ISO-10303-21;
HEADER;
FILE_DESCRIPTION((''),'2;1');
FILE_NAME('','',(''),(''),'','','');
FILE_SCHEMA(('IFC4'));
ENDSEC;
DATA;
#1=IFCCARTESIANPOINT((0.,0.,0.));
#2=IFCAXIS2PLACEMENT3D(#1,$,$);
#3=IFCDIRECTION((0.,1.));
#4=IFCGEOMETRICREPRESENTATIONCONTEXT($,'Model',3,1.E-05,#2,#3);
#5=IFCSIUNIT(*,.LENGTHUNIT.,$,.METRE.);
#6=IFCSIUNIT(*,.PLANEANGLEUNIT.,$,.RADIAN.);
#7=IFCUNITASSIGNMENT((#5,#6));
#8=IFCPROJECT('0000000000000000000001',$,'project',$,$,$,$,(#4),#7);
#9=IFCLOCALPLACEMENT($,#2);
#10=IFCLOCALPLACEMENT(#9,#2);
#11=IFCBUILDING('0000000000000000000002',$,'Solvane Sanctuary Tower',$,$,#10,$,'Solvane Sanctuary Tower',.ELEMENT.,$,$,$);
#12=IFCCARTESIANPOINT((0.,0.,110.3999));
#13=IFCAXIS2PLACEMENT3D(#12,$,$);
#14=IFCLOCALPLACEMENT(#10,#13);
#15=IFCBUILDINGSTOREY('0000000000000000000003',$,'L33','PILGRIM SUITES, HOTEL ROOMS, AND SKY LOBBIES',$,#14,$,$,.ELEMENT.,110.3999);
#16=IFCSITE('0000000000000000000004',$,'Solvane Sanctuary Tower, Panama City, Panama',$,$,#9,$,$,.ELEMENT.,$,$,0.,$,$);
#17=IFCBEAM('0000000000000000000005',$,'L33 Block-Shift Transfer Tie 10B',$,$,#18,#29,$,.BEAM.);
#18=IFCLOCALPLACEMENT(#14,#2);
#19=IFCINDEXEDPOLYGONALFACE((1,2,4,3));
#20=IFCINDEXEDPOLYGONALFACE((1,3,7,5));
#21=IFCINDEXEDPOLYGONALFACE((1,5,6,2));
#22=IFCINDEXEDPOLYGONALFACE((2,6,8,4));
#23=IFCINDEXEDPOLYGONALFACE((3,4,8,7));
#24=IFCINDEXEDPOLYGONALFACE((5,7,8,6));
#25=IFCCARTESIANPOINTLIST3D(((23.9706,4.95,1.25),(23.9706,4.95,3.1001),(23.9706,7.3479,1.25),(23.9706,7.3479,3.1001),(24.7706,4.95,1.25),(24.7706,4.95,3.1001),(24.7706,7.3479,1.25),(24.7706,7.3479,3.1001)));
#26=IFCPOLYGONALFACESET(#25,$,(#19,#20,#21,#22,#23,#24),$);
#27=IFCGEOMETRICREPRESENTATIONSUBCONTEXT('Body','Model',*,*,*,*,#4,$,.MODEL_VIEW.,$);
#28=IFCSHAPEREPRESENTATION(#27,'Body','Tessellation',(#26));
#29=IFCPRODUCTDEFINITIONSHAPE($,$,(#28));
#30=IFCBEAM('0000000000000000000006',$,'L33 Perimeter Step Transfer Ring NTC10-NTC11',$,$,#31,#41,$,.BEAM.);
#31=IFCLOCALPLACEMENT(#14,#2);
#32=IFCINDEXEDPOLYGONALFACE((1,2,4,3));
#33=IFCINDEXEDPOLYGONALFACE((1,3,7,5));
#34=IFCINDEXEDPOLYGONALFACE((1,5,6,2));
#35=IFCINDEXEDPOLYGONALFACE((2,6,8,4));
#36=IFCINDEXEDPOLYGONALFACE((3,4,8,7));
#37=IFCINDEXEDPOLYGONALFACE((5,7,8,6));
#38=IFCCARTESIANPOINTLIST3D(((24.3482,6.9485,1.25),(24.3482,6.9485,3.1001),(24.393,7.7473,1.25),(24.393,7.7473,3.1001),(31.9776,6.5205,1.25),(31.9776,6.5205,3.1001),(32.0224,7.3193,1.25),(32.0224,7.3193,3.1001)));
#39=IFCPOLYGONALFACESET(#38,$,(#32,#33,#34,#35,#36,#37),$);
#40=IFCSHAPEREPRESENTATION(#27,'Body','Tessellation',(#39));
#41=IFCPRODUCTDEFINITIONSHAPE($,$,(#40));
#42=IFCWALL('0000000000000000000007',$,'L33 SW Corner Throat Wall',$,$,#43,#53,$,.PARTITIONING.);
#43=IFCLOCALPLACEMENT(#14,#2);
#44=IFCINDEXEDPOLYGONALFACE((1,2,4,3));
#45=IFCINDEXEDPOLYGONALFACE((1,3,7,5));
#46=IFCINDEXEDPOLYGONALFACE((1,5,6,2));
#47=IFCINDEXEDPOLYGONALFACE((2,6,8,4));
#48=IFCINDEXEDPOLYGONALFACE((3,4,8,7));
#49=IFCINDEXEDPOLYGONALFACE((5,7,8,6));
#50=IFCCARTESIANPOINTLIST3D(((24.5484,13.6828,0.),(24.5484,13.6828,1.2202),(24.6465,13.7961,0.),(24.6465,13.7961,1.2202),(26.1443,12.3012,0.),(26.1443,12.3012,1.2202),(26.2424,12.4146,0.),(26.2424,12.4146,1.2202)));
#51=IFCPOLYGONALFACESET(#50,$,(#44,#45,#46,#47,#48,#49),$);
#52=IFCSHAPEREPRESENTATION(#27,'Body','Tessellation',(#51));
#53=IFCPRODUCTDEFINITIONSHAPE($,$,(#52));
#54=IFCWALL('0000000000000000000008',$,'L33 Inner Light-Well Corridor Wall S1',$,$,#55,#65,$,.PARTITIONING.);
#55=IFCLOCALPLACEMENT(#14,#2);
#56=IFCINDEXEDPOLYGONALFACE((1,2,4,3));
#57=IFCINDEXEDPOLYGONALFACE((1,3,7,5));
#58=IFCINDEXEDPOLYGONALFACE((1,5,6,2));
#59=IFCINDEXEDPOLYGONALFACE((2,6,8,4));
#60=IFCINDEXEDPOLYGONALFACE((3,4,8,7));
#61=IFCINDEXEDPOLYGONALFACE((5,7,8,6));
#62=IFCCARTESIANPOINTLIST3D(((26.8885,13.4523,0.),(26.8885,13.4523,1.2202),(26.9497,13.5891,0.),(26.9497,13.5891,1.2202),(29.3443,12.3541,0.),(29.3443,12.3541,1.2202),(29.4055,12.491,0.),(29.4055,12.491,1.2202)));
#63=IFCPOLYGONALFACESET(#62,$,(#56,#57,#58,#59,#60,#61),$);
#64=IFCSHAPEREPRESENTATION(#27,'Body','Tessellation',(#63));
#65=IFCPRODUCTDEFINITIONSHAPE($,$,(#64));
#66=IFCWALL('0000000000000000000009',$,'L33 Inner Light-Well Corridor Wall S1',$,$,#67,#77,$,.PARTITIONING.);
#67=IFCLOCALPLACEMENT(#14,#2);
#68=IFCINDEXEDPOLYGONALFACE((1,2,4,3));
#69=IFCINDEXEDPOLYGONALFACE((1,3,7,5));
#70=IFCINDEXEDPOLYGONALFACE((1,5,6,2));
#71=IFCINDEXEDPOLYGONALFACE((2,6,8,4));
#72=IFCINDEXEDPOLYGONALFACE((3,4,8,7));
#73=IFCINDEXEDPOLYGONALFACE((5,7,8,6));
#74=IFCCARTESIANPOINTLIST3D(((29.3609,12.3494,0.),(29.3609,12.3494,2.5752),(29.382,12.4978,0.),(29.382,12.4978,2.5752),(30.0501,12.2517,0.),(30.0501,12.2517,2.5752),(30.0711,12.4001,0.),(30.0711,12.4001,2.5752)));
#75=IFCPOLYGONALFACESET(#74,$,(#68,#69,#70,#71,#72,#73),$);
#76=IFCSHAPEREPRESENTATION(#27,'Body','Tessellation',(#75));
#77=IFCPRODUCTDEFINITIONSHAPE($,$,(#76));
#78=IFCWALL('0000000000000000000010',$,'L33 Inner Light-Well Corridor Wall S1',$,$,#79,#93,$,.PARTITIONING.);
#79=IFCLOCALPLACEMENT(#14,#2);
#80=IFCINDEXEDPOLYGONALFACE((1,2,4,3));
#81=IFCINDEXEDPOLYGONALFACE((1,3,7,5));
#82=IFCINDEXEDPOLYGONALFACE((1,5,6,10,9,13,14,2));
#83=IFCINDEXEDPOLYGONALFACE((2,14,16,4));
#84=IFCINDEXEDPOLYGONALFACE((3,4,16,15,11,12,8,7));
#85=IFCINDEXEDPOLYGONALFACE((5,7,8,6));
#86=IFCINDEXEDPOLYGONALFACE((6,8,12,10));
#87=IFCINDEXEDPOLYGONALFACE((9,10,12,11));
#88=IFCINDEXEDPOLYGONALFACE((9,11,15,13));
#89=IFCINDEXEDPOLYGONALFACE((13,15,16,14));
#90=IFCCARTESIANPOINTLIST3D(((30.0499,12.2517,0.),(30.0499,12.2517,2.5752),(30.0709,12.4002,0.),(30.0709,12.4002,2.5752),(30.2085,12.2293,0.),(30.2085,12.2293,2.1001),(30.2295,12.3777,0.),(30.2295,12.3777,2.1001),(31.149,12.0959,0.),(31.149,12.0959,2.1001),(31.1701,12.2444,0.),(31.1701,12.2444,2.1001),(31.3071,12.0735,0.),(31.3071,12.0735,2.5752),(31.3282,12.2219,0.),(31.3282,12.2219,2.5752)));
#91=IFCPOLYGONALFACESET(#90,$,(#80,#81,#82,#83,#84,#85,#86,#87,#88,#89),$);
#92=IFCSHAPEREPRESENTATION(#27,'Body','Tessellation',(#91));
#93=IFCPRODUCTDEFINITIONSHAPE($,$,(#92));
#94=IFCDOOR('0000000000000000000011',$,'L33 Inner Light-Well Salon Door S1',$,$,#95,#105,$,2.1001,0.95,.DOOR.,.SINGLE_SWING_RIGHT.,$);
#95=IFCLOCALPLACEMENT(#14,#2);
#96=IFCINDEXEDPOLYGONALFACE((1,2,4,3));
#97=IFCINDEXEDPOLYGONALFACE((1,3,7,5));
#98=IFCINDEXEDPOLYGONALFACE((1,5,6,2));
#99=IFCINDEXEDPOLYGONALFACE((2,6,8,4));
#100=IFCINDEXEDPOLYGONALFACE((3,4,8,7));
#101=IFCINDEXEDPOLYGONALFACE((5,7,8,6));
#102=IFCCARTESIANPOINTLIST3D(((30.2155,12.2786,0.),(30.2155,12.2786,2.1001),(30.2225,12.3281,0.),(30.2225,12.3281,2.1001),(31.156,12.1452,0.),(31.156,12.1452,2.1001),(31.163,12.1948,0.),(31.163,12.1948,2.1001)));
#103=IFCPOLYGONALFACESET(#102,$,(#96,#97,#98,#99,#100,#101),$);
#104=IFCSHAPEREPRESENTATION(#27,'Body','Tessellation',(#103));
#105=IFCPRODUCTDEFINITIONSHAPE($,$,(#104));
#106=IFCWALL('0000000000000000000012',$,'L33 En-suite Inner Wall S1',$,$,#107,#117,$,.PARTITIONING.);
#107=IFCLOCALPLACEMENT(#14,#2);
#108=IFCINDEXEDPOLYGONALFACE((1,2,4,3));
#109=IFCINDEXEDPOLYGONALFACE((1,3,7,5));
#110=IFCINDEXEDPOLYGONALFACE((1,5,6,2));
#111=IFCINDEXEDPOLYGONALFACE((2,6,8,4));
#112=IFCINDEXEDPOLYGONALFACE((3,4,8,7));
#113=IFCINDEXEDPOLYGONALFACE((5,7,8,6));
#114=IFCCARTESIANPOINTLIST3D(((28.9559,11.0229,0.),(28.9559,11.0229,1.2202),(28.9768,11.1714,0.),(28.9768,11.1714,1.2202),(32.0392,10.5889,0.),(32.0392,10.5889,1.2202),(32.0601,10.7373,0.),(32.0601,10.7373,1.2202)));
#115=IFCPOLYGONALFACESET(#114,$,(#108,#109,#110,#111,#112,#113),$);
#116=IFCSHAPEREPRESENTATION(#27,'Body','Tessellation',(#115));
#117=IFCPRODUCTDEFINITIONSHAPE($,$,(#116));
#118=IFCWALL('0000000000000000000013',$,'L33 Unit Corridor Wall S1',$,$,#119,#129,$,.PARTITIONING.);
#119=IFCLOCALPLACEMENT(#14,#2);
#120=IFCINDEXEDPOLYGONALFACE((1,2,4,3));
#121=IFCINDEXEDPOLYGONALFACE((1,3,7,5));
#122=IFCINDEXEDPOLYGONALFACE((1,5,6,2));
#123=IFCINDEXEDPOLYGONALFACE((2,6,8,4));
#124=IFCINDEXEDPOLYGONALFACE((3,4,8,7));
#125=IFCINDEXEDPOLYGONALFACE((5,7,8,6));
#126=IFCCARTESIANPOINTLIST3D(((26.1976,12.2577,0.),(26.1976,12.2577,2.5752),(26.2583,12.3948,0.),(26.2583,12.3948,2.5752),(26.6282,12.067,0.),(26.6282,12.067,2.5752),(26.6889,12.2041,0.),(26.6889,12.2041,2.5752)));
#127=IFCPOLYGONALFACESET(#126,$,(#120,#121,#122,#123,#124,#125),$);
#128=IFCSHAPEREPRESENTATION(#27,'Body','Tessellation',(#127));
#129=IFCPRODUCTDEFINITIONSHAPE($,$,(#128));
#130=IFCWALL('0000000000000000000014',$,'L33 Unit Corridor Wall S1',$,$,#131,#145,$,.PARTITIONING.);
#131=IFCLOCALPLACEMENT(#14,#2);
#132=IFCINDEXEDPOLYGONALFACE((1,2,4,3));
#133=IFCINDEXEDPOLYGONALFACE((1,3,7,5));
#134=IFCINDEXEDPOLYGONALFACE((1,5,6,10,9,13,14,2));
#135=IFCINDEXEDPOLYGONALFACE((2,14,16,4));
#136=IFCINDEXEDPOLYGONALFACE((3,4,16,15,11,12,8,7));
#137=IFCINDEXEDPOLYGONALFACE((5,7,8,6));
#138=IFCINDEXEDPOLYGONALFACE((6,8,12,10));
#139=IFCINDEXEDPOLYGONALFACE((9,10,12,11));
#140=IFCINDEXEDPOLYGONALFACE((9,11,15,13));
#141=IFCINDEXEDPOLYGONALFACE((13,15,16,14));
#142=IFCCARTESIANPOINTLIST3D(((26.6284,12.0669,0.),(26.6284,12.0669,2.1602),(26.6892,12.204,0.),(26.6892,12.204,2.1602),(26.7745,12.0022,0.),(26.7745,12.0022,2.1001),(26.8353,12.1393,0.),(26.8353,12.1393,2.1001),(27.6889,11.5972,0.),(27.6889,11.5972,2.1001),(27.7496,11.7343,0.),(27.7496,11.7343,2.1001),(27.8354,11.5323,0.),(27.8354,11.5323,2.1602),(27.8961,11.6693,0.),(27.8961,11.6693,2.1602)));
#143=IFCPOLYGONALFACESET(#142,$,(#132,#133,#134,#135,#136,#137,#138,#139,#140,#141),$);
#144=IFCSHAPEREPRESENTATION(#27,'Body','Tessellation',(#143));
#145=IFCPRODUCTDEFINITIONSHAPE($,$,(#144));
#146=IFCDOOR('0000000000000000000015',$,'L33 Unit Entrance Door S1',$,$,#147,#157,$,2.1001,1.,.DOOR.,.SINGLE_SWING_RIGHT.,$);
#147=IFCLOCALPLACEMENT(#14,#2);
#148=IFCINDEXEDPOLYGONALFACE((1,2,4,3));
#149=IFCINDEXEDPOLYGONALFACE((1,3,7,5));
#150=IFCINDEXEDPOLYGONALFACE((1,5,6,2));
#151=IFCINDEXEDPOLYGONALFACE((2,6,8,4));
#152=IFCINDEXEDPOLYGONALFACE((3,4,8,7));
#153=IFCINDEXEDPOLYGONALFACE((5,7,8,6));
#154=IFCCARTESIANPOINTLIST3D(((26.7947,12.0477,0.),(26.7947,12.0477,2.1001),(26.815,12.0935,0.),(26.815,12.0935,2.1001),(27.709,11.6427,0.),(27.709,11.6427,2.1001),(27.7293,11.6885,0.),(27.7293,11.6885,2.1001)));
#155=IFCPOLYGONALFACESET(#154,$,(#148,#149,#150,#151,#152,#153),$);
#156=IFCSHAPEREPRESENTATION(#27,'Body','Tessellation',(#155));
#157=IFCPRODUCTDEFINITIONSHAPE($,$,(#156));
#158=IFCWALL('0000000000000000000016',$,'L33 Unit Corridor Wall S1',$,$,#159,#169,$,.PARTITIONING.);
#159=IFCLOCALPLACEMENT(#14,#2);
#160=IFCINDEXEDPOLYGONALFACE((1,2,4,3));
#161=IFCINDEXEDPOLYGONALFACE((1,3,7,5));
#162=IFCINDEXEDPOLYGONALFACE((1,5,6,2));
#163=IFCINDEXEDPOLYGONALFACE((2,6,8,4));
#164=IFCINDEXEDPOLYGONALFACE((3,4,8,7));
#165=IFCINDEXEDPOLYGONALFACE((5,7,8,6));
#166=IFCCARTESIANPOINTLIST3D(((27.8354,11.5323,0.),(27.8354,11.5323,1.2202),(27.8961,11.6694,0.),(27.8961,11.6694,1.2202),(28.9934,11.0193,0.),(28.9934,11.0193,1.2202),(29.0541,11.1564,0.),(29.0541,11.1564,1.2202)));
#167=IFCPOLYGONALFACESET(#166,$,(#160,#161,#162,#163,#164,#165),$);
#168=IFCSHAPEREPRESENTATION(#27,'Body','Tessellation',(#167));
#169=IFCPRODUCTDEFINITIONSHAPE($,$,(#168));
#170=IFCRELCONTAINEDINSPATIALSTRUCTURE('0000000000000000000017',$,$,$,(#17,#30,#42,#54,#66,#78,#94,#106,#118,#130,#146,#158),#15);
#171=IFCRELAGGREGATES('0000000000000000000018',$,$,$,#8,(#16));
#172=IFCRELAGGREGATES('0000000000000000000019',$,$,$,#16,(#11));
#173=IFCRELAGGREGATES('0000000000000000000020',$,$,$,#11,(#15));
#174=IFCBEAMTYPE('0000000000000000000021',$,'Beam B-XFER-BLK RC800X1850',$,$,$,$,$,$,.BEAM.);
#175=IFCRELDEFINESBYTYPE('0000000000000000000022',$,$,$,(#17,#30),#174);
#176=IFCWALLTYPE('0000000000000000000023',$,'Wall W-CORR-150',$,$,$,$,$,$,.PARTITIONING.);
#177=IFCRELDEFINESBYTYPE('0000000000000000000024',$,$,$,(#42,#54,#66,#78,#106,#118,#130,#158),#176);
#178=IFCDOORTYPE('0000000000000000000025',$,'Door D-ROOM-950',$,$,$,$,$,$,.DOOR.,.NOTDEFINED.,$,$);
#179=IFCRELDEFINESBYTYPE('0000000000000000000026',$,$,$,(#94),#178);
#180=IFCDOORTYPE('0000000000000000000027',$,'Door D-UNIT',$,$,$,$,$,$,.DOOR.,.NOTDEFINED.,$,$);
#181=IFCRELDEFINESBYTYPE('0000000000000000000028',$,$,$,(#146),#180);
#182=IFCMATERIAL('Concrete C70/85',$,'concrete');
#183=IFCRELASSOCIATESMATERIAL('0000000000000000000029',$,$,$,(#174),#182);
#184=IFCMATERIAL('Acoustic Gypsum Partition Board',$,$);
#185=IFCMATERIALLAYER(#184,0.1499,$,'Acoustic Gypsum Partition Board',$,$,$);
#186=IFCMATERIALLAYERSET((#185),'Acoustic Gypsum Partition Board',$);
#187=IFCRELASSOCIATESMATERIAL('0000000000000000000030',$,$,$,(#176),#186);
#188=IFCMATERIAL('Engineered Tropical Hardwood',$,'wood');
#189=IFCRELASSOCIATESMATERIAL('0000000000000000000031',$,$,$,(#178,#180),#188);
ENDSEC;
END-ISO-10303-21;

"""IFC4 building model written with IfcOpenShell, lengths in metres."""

from ifc_helpers import new_model, si_unit, direction, frame, frame_2d, origin, origin_2d, place, context, subcontext, project, spatial, rectangle, extrude, material, layer, layer_set, material_profile, profile_set, type_object, element, fill, save


model = new_model("IFC4")

# Units and contexts
model_context = context("Model", 3, precision=1e-05, world=origin(), true_north=direction((0.0, 1.0)))
body_context = subcontext(model_context, "Body", "Model", "MODEL_VIEW")
ifc_project = project(units=[si_unit("LENGTHUNIT", "METRE"), si_unit("PLANEANGLEUNIT", "RADIAN")], contexts=[model_context])

# Site, building, storey
site_placement = place(None, origin())
site = spatial("IfcSite", under=ifc_project, at=site_placement, Name="Solvane Sanctuary Tower, Panama City, Panama", CompositionType="ELEMENT", RefElevation=0.0)
building_placement = place(site_placement, origin())
building = spatial("IfcBuilding", under=site, at=building_placement, Name="Solvane Sanctuary Tower", LongName="Solvane Sanctuary Tower", CompositionType="ELEMENT")
storey_placement = place(building_placement, frame((0.0, 0.0, 110.3999)))
storey = spatial("IfcBuildingStorey", under=building, at=storey_placement, Name="L33", Description="PILGRIM SUITES, HOTEL ROOMS, AND SKY LOBBIES", CompositionType="ELEMENT", Elevation=110.3999)

# Beams
ifc_material_1 = material(Name="Concrete C70/85", Category="concrete")
ifc_material_profile_1 = material_profile(ifc_material_1, rectangle(XDim=0.8, YDim=1.8501, at=origin_2d()), Name="RC800X1850")
ifc_profile_set_1 = profile_set([ifc_material_profile_1], Name="Concrete C70/85")
beam_type_1 = type_object("IfcBeamType", Name="Beam B-XFER-BLK RC800X1850", PredefinedType="BEAM", material=ifc_profile_set_1)
beam_1_placement = place(storey_placement, frame((24.3706, 4.95, 2.175), z_axis=(0.0, 1.0, 0.0), x_axis=(-1.0, 0.0, 0.0)))
element("IfcBeam", 1, at=beam_1_placement, inside=storey, type_object=beam_type_1, Name="L33 Block-Shift Transfer Tie 10B", PredefinedType="BEAM", context=body_context, shape_type="SweptSolid", body=[
    extrude(rectangle(XDim=0.8, YDim=1.8501, at=origin_2d()), origin(), (0.0, 0.0, 1.0), 2.3979),
])
beam_2_placement = place(storey_placement, frame((24.3706, 7.3479, 2.175), z_axis=(0.99843, -0.056008, 0.0), x_axis=(0.056008, 0.99843, 0.0)))
element("IfcBeam", 2, at=beam_2_placement, inside=storey, type_object=beam_type_1, Name="L33 Perimeter Step Transfer Ring NTC10-NTC11", PredefinedType="BEAM", context=body_context, shape_type="SweptSolid", body=[
    extrude(rectangle(XDim=0.8, YDim=1.8501, at=origin_2d()), origin(), (0.0, 0.0, 1.0), 7.6414),
])

# Walls
ifc_material_2 = material(Name="Acoustic Gypsum Partition Board")
ifc_layer_1 = layer(ifc_material_2, 0.1499, Name="Acoustic Gypsum Partition Board")
ifc_layer_set_1 = layer_set([ifc_layer_1], Name="Acoustic Gypsum Partition Board")
wall_type_1 = type_object("IfcWallType", Name="Wall W-CORR-150", PredefinedType="PARTITIONING", material=ifc_layer_set_1)
wall_1_placement = place(storey_placement, frame((26.1934, 12.3579, 0.0), z_axis=(0.0, 0.0, 1.0), x_axis=(-0.756055, 0.654508, 0.0)))
element("IfcWall", 3, at=wall_1_placement, inside=storey, type_object=wall_type_1, Name="L33 SW Corner Throat Wall", PredefinedType="PARTITIONING", context=body_context, shape_type="SweptSolid", body=[
    extrude(rectangle(XDim=2.1108, YDim=0.1499, at=frame_2d((1.0554, 0.0))), origin(), (0.0, 0.0, 1.0), 1.2202),
])
wall_2_placement = place(storey_placement, frame((26.9189, 13.5208, 0.0), z_axis=(0.0, 0.0, 1.0), x_axis=(0.912889, -0.408209, 0.0)))
element("IfcWall", 4, at=wall_2_placement, inside=storey, type_object=wall_type_1, Name="L33 Inner Light-Well Corridor Wall S1", PredefinedType="PARTITIONING", context=body_context, shape_type="SweptSolid", body=[
    extrude(rectangle(XDim=2.6902, YDim=0.1499, at=frame_2d((1.3452, 0.0))), origin(), (0.0, 0.0, 1.0), 1.2202),
])
wall_3_placement = place(storey_placement, frame((29.3713, 12.4236, 0.0), z_axis=(0.0, 0.0, 1.0), x_axis=(0.99011, -0.140292, 0.0)))
element("IfcWall", 5, at=wall_3_placement, inside=storey, type_object=wall_type_1, Name="L33 Inner Light-Well Corridor Wall S1", PredefinedType="PARTITIONING", context=body_context, shape_type="SweptSolid", body=[
    extrude(rectangle(XDim=0.696, YDim=0.1499, at=frame_2d((0.3481, 0.0))), origin(), (0.0, 0.0, 1.0), 2.5752),
])

# Wall, opening, door
wall_4_placement = place(storey_placement, frame((30.0605, 12.3259, 0.0), z_axis=(0.0, 0.0, 1.0), x_axis=(0.990103, -0.140345, 0.0)))
wall_4 = element("IfcWall", 6, at=wall_4_placement, inside=storey, type_object=wall_type_1, Name="L33 Inner Light-Well Corridor Wall S1", PredefinedType="PARTITIONING", context=body_context, shape_type="SweptSolid", body=[
    extrude(rectangle(XDim=1.2698, YDim=0.1499, at=frame_2d((0.6348, 0.0))), origin(), (0.0, 0.0, 1.0), 2.5752),
])
opening_1_placement = place(wall_4_placement, frame((0.1599, 0.0, 0.0)))
opening_1 = element("IfcOpeningElement", 7, at=opening_1_placement, cuts=wall_4, PredefinedType="OPENING", context=body_context, shape_type="SweptSolid", body=[
    extrude(rectangle(XDim=0.95, YDim=2.1001, at=frame_2d((0.4751, 1.05))), frame((0.0, 0.085, 0.0), z_axis=(0.0, -1.0, 0.0), x_axis=(1.0, 0.0, 0.0)), (0.0, 0.0, 1.0), 0.1699),
])
ifc_material_3 = material(Name="Engineered Tropical Hardwood", Category="wood")
door_type_1 = type_object("IfcDoorType", Name="Door D-ROOM-950", OperationType="NOTDEFINED", PredefinedType="DOOR", material=ifc_material_3)
door_1_placement = place(opening_1_placement, origin())
door_1 = element("IfcDoor", 8, at=door_1_placement, inside=storey, type_object=door_type_1, Name="L33 Inner Light-Well Salon Door S1", OperationType="SINGLE_SWING_RIGHT", OverallHeight=2.1001, OverallWidth=0.95, PredefinedType="DOOR", context=body_context, shape_type="SweptSolid", body=[
    extrude(rectangle(XDim=0.95, YDim=2.1001, at=frame_2d((0.4751, 1.05))), frame((0.0, 0.0249, 0.0), z_axis=(0.0, -1.0, 0.0), x_axis=(1.0, 0.0, 0.0)), (0.0, 0.0, 1.0), 0.05),
])
fill(opening_1, door_1)

# Walls
wall_5_placement = place(storey_placement, frame((28.9663, 11.0972, 0.0), z_axis=(0.0, 0.0, 1.0), x_axis=(0.990234, -0.139412, 0.0)))
element("IfcWall", 9, at=wall_5_placement, inside=storey, type_object=wall_type_1, Name="L33 En-suite Inner Wall S1", PredefinedType="PARTITIONING", context=body_context, shape_type="SweptSolid", body=[
    extrude(rectangle(XDim=3.1138, YDim=0.1499, at=frame_2d((1.5569, 0.0))), origin(), (0.0, 0.0, 1.0), 1.2202),
])
wall_6_placement = place(storey_placement, frame((26.228, 12.3262, 0.0), z_axis=(0.0, 0.0, 1.0), x_axis=(0.914388, -0.404839, 0.0)))
element("IfcWall", 10, at=wall_6_placement, inside=storey, type_object=wall_type_1, Name="L33 Unit Corridor Wall S1", PredefinedType="PARTITIONING", context=body_context, shape_type="SweptSolid", body=[
    extrude(rectangle(XDim=0.4709, YDim=0.1499, at=frame_2d((0.2354, 0.0))), origin(), (0.0, 0.0, 1.0), 2.5752),
])

# Wall, opening, door
wall_7_placement = place(storey_placement, frame((26.6587, 12.1355, 0.0), z_axis=(0.0, 0.0, 1.0), x_axis=(0.914314, -0.405006, 0.0)))
wall_7 = element("IfcWall", 11, at=wall_7_placement, inside=storey, type_object=wall_type_1, Name="L33 Unit Corridor Wall S1", PredefinedType="PARTITIONING", context=body_context, shape_type="SweptSolid", body=[
    extrude(rectangle(XDim=1.3201, YDim=0.1499, at=frame_2d((0.6602, 0.0))), origin(), (0.0, 0.0, 1.0), 2.1602),
])
opening_2_placement = place(wall_7_placement, frame((0.1599, 0.0, 0.0)))
opening_2 = element("IfcOpeningElement", 12, at=opening_2_placement, cuts=wall_7, PredefinedType="OPENING", context=body_context, shape_type="SweptSolid", body=[
    extrude(rectangle(XDim=1.0, YDim=2.1001, at=frame_2d((0.5, 1.05))), frame((0.0, 0.085, 0.0), z_axis=(0.0, -1.0, 0.0), x_axis=(1.0, 0.0, 0.0)), (0.0, 0.0, 1.0), 0.1699),
])
door_type_2 = type_object("IfcDoorType", Name="Door D-UNIT", OperationType="NOTDEFINED", PredefinedType="DOOR", material=ifc_material_3)
door_2_placement = place(opening_2_placement, origin())
door_2 = element("IfcDoor", 13, at=door_2_placement, inside=storey, type_object=door_type_2, Name="L33 Unit Entrance Door S1", OperationType="SINGLE_SWING_RIGHT", OverallHeight=2.1001, OverallWidth=1.0, PredefinedType="DOOR", context=body_context, shape_type="SweptSolid", body=[
    extrude(rectangle(XDim=1.0, YDim=2.1001, at=frame_2d((0.5, 1.05))), frame((0.0, 0.0249, 0.0), z_axis=(0.0, -1.0, 0.0), x_axis=(1.0, 0.0, 0.0)), (0.0, 0.0, 1.0), 0.05),
])
fill(opening_2, door_2)

# Wall
wall_8_placement = place(storey_placement, frame((27.8657, 11.6008, 0.0), z_axis=(0.0, 0.0, 1.0), x_axis=(0.914312, -0.405011, 0.0)))
element("IfcWall", 14, at=wall_8_placement, inside=storey, type_object=wall_type_1, Name="L33 Unit Corridor Wall S1", PredefinedType="PARTITIONING", context=body_context, shape_type="SweptSolid", body=[
    extrude(rectangle(XDim=1.2666, YDim=0.1499, at=frame_2d((0.6333, 0.0))), origin(), (0.0, 0.0, 1.0), 1.2202),
])

save(model, "model.ifc")
